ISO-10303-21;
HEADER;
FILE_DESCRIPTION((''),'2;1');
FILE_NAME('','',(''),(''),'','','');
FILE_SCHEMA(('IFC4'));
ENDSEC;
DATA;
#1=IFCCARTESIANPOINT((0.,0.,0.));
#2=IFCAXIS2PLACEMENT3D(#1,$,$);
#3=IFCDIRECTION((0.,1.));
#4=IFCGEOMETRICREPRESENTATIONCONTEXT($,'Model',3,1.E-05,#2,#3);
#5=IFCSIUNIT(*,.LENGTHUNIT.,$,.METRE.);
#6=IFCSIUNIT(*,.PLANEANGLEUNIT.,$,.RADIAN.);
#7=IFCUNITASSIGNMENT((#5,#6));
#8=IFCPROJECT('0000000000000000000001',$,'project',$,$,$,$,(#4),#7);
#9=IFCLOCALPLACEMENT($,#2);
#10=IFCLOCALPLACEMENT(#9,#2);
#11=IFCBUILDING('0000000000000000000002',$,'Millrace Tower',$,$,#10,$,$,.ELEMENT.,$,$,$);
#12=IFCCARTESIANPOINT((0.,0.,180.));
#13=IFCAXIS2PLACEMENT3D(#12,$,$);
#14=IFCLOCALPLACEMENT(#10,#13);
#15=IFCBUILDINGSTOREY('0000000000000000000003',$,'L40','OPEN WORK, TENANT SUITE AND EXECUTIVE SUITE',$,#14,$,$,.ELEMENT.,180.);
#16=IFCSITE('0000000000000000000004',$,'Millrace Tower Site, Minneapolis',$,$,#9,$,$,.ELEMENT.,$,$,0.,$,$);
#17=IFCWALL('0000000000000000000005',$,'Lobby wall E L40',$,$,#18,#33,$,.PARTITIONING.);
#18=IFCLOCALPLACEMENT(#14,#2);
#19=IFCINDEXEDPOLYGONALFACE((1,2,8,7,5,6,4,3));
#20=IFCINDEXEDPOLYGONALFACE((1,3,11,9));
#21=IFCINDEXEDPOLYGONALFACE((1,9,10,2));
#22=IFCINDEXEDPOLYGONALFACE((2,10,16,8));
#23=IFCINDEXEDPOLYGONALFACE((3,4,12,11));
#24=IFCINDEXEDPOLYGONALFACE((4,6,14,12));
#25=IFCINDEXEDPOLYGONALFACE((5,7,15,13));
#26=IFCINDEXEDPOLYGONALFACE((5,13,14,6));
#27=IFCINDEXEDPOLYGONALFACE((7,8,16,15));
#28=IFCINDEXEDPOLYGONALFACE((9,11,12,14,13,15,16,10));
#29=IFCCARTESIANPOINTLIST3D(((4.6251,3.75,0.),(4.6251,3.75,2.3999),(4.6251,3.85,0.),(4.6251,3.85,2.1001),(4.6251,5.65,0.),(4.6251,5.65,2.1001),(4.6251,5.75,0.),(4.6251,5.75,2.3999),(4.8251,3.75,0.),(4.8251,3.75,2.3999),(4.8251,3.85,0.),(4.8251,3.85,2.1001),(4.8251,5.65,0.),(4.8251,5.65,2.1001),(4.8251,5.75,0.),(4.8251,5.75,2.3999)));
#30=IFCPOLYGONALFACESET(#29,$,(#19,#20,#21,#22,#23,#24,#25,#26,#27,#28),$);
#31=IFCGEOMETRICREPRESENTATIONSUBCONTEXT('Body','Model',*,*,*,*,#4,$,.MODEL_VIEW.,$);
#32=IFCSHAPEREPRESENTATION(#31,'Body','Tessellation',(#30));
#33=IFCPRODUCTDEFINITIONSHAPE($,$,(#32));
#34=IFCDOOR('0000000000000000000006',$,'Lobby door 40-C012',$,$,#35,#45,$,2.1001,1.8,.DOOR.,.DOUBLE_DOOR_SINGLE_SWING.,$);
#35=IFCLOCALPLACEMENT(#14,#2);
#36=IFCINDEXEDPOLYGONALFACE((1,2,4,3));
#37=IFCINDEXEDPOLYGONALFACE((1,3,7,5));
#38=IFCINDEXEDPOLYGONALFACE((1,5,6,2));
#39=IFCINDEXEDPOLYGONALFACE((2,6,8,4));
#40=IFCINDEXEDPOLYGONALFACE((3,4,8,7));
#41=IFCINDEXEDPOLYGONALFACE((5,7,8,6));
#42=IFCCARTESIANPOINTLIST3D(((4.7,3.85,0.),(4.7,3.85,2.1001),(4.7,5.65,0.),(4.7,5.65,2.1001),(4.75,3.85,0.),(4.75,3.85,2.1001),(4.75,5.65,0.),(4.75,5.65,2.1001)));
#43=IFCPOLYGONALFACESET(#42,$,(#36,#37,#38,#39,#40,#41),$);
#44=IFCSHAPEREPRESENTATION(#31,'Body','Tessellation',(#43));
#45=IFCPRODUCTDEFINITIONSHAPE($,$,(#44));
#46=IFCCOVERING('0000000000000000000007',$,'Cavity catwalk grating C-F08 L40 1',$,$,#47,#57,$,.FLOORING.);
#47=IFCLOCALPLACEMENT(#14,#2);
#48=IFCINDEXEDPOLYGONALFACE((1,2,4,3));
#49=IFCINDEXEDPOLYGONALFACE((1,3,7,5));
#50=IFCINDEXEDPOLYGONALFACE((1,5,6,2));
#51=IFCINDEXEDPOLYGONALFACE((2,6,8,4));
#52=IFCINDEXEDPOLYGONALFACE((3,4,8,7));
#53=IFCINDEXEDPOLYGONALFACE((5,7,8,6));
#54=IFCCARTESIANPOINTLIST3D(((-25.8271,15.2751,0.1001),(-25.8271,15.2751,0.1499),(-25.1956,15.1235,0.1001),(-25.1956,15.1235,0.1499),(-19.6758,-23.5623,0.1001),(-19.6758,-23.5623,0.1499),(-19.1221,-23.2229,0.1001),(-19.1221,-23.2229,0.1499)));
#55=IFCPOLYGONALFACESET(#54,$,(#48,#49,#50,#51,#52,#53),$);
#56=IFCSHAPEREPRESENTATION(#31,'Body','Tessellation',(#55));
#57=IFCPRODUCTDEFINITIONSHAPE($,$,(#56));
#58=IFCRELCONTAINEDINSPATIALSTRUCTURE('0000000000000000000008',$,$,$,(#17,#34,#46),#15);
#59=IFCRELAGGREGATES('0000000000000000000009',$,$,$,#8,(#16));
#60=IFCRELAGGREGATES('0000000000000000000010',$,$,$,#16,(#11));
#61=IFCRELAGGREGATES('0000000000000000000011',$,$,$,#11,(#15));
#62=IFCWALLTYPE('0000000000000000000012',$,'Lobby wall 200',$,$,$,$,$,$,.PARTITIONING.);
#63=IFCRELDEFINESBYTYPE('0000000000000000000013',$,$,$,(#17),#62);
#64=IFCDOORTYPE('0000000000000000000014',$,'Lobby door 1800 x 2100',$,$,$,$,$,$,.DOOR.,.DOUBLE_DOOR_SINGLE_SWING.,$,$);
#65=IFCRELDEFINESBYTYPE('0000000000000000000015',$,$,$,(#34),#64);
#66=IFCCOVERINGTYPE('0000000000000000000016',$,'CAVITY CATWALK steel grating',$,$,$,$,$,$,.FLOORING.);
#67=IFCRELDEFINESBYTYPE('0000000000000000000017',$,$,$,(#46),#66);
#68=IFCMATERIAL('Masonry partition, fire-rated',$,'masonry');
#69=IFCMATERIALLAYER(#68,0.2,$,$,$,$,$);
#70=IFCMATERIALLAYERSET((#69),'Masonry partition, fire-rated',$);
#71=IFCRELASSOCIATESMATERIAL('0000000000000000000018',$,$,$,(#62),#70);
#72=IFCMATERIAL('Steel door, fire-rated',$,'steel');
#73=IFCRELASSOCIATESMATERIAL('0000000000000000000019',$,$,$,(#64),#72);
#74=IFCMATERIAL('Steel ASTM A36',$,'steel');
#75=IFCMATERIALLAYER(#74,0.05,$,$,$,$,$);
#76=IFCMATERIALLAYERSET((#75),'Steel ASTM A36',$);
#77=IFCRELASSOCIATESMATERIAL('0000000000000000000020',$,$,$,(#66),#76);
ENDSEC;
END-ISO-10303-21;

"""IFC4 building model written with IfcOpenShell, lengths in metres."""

from ifc_helpers import new_model, si_unit, direction, frame, frame_2d, origin, place, context, subcontext, project, spatial, polyline, rectangle, outline, extrude, material, layer, layer_set, type_object, element, fill, save


model = new_model("IFC4")

# Units and contexts
model_context = context("Model", 3, precision=1e-05, world=origin(), true_north=direction((0.0, 1.0)))
body_context = subcontext(model_context, "Body", "Model", "MODEL_VIEW")
ifc_project = project(units=[si_unit("LENGTHUNIT", "METRE"), si_unit("PLANEANGLEUNIT", "RADIAN")], contexts=[model_context])

# Site, building, storey
site_placement = place(None, origin())
site = spatial("IfcSite", under=ifc_project, at=site_placement, Name="Millrace Tower Site, Minneapolis", CompositionType="ELEMENT", RefElevation=0.0)
building_placement = place(site_placement, origin())
building = spatial("IfcBuilding", under=site, at=building_placement, Name="Millrace Tower", CompositionType="ELEMENT")
storey_placement = place(building_placement, frame((0.0, 0.0, 180.0)))
storey = spatial("IfcBuildingStorey", under=building, at=storey_placement, Name="L40", Description="OPEN WORK, TENANT SUITE AND EXECUTIVE SUITE", CompositionType="ELEMENT", Elevation=180.0)

# Wall, opening, door
ifc_material_1 = material(Name="Masonry partition, fire-rated", Category="masonry")
ifc_layer_1 = layer(ifc_material_1, 0.2)
ifc_layer_set_1 = layer_set([ifc_layer_1], Name="Masonry partition, fire-rated")
wall_type_1 = type_object("IfcWallType", Name="Lobby wall 200", PredefinedType="PARTITIONING", material=ifc_layer_set_1)
wall_1_placement = place(storey_placement, frame((4.7251, 5.75, 0.0), z_axis=(0.0, 0.0, 1.0), x_axis=(0.0, -1.0, 0.0)))
wall_1 = element("IfcWall", 1, at=wall_1_placement, inside=storey, type_object=wall_type_1, Name="Lobby wall E L40", PredefinedType="PARTITIONING", context=body_context, shape_type="SweptSolid", body=[
    extrude(rectangle(XDim=2.0, YDim=0.2, at=frame_2d((1.0, 0.0))), origin(), (0.0, 0.0, 1.0), 2.3999),
])
opening_1_placement = place(wall_1_placement, frame((0.1001, 0.0, 0.0)))
opening_1 = element("IfcOpeningElement", 2, at=opening_1_placement, cuts=wall_1, PredefinedType="OPENING", context=body_context, shape_type="SweptSolid", body=[
    extrude(rectangle(XDim=1.8, YDim=2.1001, at=frame_2d((0.8999, 1.05))), frame((0.0, 0.1099, 0.0), z_axis=(0.0, -1.0, 0.0), x_axis=(1.0, 0.0, 0.0)), (0.0, 0.0, 1.0), 0.22),
])
ifc_material_2 = material(Name="Steel door, fire-rated", Category="steel")
door_type_1 = type_object("IfcDoorType", Name="Lobby door 1800 x 2100", OperationType="DOUBLE_DOOR_SINGLE_SWING", PredefinedType="DOOR", material=ifc_material_2)
door_1_placement = place(opening_1_placement, origin())
door_1 = element("IfcDoor", 3, at=door_1_placement, inside=storey, type_object=door_type_1, Name="Lobby door 40-C012", OperationType="DOUBLE_DOOR_SINGLE_SWING", OverallHeight=2.1001, OverallWidth=1.8, PredefinedType="DOOR", context=body_context, shape_type="SweptSolid", body=[
    extrude(rectangle(XDim=1.8, YDim=2.1001, at=frame_2d((0.8999, 1.05))), frame((0.0, 0.0249, 0.0), z_axis=(0.0, -1.0, 0.0), x_axis=(1.0, 0.0, 0.0)), (0.0, 0.0, 1.0), 0.05),
])
fill(opening_1, door_1)

# Covering
ifc_material_3 = material(Name="Steel ASTM A36", Category="steel")
ifc_layer_2 = layer(ifc_material_3, 0.05)
ifc_layer_set_2 = layer_set([ifc_layer_2], Name="Steel ASTM A36")
covering_type = type_object("IfcCoveringType", Name="CAVITY CATWALK steel grating", PredefinedType="FLOORING", material=ifc_layer_set_2)
covering_placement = place(storey_placement, frame((0.0, 0.0, 0.1001)))
element("IfcCovering", 4, at=covering_placement, inside=storey, type_object=covering_type, Name="Cavity catwalk grating C-F08 L40 1", PredefinedType="FLOORING", context=body_context, shape_type="SweptSolid", body=[
    extrude(outline(polyline([(-25.8271, 15.2751), (-19.6758, -23.5623), (-19.1221, -23.2229), (-25.1956, 15.1235), (-25.8271, 15.2751)])), origin(), (0.0, 0.0, 1.0), 0.0498),
])

save(model, "model.ifc")
